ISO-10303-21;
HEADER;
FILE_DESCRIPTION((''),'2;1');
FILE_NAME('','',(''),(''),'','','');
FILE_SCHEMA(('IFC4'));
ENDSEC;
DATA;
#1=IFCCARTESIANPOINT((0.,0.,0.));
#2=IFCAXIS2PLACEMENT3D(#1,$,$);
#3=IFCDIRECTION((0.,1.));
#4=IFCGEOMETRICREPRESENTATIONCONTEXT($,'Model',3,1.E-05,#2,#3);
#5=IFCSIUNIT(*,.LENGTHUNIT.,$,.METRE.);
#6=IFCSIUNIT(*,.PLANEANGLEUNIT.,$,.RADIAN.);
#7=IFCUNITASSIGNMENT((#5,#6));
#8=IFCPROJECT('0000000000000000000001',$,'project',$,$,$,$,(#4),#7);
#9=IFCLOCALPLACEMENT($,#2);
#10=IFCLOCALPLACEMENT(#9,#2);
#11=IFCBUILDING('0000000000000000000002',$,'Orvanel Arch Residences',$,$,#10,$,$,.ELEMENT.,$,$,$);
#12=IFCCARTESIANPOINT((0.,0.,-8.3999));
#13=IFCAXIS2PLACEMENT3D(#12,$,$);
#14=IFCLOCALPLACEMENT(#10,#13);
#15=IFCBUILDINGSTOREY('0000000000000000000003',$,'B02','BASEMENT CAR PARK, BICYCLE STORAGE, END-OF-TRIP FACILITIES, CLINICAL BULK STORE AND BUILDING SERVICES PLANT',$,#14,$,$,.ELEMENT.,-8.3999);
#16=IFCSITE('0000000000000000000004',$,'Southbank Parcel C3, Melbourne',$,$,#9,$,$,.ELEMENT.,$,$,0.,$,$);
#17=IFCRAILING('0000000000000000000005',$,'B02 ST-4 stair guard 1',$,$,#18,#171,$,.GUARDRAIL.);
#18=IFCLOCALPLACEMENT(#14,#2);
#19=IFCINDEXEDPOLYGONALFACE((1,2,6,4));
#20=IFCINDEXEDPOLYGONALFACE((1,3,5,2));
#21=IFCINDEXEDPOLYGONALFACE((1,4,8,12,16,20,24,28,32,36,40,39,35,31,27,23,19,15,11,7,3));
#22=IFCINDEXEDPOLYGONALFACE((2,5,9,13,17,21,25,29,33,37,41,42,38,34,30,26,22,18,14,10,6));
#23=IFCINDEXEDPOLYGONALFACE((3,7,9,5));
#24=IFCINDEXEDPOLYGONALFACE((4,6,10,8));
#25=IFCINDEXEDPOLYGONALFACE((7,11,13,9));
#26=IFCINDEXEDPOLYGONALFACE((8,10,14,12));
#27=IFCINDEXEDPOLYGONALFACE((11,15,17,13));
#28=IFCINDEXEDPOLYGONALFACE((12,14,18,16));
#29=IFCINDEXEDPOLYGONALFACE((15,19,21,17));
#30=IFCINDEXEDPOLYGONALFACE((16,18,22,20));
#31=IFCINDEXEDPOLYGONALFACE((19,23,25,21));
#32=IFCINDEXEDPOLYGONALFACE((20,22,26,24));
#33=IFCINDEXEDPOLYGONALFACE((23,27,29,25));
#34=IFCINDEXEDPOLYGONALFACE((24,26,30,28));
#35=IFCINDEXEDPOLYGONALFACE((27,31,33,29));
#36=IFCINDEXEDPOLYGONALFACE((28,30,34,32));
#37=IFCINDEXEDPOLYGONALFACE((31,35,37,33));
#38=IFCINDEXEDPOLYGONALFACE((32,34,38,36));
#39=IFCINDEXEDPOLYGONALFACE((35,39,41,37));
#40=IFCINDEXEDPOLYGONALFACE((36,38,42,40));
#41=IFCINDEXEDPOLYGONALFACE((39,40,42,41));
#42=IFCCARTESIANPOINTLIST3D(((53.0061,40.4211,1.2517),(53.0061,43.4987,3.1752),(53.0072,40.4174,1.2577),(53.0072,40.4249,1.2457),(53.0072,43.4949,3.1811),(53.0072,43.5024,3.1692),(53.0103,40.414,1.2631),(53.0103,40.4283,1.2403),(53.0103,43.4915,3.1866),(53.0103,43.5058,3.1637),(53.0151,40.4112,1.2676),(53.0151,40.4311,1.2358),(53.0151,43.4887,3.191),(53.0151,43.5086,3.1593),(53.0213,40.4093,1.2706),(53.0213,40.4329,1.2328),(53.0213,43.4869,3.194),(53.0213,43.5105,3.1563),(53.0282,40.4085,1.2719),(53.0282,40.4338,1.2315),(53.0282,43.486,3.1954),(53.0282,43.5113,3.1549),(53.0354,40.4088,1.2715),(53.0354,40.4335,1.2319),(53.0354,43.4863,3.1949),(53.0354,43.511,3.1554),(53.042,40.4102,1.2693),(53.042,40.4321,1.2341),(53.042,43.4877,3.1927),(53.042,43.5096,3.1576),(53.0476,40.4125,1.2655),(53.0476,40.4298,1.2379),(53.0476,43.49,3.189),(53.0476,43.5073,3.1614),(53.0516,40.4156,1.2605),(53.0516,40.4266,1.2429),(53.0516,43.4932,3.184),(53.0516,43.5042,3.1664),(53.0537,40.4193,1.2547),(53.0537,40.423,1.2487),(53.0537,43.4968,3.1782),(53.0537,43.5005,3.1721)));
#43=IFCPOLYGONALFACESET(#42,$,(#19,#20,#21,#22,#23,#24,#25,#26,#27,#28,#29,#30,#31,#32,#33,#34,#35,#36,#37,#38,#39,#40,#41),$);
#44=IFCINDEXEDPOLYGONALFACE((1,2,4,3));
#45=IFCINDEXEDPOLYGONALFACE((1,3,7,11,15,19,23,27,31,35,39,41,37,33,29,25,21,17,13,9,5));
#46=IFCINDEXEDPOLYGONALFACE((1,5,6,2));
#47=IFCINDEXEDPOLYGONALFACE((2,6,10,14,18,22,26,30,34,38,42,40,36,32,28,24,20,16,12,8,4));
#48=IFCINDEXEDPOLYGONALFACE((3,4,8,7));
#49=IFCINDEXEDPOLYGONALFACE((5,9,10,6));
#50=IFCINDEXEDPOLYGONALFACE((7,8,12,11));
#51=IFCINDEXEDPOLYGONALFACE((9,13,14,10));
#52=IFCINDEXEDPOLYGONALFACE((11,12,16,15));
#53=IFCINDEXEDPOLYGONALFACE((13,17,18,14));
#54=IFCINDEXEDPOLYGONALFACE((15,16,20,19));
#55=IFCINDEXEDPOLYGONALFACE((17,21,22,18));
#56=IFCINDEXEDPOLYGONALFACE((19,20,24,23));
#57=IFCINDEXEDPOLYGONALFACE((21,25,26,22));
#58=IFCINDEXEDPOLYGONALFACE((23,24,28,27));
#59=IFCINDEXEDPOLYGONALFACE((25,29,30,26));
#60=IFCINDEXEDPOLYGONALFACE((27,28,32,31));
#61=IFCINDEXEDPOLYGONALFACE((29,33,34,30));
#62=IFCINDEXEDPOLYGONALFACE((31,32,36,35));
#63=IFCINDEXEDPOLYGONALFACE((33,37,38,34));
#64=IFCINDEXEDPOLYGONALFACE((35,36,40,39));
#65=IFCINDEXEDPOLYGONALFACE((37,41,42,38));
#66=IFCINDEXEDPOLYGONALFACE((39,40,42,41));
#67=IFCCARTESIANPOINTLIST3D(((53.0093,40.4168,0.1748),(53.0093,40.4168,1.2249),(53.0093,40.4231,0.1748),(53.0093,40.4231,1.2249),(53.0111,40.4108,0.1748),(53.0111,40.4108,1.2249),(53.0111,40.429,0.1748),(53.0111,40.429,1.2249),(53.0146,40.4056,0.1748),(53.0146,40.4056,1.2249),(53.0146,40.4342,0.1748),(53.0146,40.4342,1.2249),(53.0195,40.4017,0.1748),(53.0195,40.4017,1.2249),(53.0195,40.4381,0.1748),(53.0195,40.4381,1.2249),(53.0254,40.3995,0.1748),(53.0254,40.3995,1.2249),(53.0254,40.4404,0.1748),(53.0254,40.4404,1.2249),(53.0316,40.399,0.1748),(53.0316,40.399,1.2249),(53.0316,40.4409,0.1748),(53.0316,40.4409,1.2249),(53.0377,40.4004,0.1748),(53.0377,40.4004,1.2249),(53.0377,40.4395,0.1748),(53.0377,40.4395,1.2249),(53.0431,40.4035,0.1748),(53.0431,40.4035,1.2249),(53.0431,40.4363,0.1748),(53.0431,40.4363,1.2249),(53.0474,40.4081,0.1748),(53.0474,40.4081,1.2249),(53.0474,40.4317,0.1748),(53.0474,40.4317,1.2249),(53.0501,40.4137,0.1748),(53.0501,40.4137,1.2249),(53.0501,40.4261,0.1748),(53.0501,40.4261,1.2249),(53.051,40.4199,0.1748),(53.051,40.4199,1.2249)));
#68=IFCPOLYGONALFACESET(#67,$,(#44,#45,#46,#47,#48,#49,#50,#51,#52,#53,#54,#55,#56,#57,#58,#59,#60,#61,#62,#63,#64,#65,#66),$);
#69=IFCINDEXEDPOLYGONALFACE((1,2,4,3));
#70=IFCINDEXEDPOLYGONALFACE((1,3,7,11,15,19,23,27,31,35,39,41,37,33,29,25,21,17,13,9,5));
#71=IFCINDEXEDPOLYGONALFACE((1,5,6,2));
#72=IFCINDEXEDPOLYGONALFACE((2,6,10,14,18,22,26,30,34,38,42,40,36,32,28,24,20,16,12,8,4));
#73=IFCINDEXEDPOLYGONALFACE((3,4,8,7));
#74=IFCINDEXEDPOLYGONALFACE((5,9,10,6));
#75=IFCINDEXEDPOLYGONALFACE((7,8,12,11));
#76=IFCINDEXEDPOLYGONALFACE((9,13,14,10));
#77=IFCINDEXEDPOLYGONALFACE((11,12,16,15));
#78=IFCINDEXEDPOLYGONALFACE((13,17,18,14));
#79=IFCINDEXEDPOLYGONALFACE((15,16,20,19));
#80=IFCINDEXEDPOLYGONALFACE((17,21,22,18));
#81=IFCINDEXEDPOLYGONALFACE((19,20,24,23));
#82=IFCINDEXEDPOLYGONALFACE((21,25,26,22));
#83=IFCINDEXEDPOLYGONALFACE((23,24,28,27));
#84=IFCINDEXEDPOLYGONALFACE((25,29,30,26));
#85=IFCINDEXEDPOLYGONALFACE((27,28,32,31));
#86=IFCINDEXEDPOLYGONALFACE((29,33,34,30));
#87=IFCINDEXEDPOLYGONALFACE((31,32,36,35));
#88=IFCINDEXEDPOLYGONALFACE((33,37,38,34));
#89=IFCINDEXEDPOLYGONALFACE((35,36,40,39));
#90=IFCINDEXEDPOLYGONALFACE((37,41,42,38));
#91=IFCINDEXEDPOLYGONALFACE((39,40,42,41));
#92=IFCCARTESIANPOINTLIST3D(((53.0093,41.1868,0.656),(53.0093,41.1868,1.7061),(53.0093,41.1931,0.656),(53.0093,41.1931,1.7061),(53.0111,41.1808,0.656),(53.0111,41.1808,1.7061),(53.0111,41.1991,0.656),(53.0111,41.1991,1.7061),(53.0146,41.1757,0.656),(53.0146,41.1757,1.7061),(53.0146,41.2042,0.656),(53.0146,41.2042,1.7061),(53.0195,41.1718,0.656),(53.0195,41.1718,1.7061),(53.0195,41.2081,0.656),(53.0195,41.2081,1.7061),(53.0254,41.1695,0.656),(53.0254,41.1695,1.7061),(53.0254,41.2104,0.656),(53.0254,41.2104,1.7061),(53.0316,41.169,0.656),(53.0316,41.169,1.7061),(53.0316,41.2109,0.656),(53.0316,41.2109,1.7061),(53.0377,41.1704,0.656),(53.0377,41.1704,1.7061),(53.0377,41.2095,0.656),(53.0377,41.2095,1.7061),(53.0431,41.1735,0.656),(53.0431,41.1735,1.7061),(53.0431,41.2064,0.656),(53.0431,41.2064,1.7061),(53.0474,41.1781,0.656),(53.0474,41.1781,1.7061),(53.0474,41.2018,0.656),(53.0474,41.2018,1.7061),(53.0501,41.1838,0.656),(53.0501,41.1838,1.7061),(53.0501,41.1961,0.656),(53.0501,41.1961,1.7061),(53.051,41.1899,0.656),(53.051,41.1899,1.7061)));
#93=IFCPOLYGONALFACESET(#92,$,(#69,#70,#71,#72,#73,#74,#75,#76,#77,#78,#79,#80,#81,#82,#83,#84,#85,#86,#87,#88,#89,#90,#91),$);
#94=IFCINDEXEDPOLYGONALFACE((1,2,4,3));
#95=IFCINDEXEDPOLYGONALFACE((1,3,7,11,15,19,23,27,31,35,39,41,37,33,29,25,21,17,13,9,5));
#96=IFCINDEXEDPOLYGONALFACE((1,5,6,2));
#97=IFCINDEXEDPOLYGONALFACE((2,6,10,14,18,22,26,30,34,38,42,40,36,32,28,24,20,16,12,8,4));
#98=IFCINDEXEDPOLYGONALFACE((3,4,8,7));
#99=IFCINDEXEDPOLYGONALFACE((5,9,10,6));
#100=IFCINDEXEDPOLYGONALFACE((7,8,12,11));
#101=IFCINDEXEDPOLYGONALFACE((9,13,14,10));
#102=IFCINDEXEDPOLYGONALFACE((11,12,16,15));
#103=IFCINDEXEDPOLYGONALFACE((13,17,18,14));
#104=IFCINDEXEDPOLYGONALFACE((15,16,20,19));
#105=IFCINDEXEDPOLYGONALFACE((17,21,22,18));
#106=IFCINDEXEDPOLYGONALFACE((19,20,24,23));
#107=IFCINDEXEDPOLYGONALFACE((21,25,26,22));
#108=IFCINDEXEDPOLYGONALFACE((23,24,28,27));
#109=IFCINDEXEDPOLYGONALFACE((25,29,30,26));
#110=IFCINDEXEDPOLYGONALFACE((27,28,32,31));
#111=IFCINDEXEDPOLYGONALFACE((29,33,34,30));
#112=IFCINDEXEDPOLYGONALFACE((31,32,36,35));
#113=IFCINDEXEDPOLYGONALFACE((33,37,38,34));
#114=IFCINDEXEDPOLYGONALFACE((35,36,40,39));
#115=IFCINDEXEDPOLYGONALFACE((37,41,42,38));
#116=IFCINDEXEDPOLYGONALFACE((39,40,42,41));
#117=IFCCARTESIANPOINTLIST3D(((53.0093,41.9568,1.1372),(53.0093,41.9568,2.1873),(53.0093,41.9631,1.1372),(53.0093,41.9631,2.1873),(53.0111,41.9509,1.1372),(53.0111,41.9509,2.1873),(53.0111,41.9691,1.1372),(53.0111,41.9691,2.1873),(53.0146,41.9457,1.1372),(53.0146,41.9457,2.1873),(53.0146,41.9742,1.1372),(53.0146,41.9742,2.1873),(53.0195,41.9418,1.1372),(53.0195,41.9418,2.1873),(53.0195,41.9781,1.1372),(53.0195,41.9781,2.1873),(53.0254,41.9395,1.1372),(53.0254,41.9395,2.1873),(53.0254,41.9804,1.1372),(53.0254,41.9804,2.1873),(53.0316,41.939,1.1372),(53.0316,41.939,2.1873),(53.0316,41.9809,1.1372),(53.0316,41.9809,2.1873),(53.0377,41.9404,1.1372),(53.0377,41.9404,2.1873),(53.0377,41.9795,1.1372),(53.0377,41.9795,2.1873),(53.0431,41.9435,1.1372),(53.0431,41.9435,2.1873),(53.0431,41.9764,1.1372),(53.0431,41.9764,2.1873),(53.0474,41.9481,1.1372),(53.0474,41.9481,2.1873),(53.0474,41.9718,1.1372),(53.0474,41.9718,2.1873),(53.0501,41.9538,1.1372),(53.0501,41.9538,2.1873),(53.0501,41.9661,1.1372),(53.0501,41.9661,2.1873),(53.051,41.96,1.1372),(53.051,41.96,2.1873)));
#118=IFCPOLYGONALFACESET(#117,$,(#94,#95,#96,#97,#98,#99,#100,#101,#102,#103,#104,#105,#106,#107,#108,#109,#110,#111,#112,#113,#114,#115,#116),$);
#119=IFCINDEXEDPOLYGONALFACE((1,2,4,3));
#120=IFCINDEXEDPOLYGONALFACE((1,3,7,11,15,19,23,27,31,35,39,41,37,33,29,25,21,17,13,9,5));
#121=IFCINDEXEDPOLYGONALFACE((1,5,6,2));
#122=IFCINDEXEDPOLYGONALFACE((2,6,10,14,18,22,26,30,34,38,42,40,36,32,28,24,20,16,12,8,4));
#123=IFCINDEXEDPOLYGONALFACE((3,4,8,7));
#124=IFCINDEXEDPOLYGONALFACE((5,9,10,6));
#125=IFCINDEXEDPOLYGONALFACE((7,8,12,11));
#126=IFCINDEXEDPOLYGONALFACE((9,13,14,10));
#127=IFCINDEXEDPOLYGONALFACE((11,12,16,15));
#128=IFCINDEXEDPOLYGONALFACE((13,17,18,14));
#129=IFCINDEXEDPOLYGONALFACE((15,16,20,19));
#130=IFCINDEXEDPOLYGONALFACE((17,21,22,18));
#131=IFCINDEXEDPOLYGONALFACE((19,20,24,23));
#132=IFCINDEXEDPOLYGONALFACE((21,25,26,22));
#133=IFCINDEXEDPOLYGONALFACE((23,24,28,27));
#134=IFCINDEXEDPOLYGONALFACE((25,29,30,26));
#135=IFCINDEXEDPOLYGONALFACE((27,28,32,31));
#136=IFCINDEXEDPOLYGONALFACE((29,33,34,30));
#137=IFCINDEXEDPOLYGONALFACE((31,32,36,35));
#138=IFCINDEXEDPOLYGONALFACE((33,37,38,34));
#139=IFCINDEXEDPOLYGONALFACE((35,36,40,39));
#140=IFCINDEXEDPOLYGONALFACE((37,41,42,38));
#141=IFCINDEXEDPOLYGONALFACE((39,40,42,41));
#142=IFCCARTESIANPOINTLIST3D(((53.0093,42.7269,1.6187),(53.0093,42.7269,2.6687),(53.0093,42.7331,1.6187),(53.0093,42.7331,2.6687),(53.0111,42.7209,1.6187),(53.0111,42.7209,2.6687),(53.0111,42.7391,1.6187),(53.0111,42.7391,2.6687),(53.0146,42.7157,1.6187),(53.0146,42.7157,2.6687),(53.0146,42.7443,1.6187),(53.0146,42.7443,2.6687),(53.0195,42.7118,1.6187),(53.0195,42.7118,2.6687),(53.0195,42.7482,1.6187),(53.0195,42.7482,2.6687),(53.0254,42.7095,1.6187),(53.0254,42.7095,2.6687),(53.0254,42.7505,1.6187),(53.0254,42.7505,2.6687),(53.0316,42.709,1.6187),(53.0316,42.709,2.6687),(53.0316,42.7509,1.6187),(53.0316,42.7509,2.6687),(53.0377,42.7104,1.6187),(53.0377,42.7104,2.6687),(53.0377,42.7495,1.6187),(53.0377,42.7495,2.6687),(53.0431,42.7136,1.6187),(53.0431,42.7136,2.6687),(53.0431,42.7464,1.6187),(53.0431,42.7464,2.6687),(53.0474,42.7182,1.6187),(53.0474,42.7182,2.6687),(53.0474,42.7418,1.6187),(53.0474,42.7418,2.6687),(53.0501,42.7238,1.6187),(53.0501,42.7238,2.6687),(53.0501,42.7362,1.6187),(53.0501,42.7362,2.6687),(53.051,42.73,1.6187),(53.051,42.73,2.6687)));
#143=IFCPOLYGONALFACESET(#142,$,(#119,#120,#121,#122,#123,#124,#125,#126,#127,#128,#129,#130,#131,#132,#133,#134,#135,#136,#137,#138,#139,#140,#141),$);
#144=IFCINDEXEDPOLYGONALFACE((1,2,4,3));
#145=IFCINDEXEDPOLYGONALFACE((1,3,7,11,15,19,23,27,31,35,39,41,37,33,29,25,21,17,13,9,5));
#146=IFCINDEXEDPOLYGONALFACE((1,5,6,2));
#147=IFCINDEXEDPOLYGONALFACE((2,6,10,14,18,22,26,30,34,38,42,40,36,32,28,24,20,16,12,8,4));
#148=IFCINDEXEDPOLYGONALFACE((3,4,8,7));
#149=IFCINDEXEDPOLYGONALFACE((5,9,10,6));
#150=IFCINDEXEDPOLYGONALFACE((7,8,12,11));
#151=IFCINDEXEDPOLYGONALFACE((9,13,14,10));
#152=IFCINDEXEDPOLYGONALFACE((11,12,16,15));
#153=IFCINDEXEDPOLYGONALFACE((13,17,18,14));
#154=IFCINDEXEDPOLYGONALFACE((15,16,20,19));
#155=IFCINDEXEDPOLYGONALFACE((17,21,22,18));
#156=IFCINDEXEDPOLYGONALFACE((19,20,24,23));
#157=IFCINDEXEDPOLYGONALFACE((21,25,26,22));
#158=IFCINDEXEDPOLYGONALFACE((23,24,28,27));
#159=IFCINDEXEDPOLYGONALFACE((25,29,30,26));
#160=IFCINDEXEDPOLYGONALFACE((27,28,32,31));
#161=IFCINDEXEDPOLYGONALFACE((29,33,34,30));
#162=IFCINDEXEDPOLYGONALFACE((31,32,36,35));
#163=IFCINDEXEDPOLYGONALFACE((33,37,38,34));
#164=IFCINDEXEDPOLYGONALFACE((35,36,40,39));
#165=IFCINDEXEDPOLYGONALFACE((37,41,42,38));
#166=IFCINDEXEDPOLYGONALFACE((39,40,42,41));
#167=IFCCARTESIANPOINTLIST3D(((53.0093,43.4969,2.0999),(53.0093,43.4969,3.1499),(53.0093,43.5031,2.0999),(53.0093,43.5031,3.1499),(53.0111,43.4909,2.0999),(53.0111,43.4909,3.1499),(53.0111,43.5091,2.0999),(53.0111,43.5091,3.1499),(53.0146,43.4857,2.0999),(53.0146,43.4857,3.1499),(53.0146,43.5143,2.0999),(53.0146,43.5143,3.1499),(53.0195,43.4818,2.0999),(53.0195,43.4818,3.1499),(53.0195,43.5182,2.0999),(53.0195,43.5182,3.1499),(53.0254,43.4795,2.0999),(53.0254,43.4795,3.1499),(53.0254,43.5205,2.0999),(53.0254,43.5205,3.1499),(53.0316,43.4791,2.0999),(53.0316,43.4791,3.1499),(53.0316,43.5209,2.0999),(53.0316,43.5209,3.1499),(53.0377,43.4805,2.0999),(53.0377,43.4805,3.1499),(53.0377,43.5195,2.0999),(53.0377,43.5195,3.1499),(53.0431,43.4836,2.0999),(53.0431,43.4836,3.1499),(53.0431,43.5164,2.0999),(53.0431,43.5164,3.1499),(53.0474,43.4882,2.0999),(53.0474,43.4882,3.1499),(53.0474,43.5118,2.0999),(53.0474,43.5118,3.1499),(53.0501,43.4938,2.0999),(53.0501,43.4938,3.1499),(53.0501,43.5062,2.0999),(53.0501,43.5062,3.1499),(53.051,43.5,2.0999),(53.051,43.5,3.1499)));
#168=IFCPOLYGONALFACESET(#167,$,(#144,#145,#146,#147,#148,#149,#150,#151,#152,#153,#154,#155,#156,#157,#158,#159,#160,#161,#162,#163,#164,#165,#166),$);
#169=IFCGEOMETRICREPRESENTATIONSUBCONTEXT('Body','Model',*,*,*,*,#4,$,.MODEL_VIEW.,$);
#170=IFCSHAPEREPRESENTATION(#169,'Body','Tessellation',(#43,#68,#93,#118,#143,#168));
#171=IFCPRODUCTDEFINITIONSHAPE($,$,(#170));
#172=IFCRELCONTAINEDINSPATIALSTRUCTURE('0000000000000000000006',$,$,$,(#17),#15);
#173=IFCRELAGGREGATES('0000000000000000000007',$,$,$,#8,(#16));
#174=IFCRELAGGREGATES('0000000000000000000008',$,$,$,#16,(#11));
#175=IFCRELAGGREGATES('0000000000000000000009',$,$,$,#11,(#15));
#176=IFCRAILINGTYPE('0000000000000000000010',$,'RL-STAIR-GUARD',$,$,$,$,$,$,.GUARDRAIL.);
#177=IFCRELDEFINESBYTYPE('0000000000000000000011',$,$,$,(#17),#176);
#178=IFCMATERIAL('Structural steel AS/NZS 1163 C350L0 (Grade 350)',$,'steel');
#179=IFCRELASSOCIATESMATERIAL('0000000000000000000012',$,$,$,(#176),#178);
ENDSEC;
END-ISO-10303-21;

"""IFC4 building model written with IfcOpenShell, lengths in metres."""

from ifc_helpers import new_model, si_unit, direction, frame, origin, origin_2d, place, context, subcontext, project, spatial, circle, extrude, material, type_object, element, save


model = new_model("IFC4")

# Units and contexts
model_context = context("Model", 3, precision=1e-05, world=origin(), true_north=direction((0.0, 1.0)))
body_context = subcontext(model_context, "Body", "Model", "MODEL_VIEW")
ifc_project = project(units=[si_unit("LENGTHUNIT", "METRE"), si_unit("PLANEANGLEUNIT", "RADIAN")], contexts=[model_context])

# Site, building, storey
site_placement = place(None, origin())
site = spatial("IfcSite", under=ifc_project, at=site_placement, Name="Southbank Parcel C3, Melbourne", CompositionType="ELEMENT", RefElevation=0.0)
building_placement = place(site_placement, origin())
building = spatial("IfcBuilding", under=site, at=building_placement, Name="Orvanel Arch Residences", CompositionType="ELEMENT")
storey_placement = place(building_placement, frame((0.0, 0.0, -8.3999)))
storey = spatial("IfcBuildingStorey", under=building, at=storey_placement, Name="B02", Description="BASEMENT CAR PARK, BICYCLE STORAGE, END-OF-TRIP FACILITIES, CLINICAL BULK STORE AND BUILDING SERVICES PLANT", CompositionType="ELEMENT", Elevation=-8.3999)

# Railing
ifc_material_1 = material(Name="Structural steel AS/NZS 1163 C350L0 (Grade 350)", Category="steel")
railing_type_1 = type_object("IfcRailingType", Name="RL-STAIR-GUARD", PredefinedType="GUARDRAIL", material=ifc_material_1)
railing_1_placement = place(storey_placement, frame((53.03, 40.4199, 0.1748)))
element("IfcRailing", 1, at=railing_1_placement, inside=storey, type_object=railing_type_1, Name="B02 ST-4 stair guard 1", PredefinedType="GUARDRAIL", context=body_context, shape_type="SweptSolid", body=[
    extrude(circle(Radius=0.0239, at=origin_2d()), frame((0.0, 0.0012, 1.0769), z_axis=(0.0, 0.847998, 0.529999), x_axis=(-1.0, 0.0, 0.0)), (0.0, 0.0, 1.0), 3.6292),
    extrude(circle(Radius=0.021, at=origin_2d()), origin(), (0.0, 0.0, 1.0), 1.05),
    extrude(circle(Radius=0.021, at=origin_2d()), frame((0.0, 0.77, 0.4812)), (0.0, 0.0, 1.0), 1.05),
    extrude(circle(Radius=0.021, at=origin_2d()), frame((0.0, 1.54, 0.9624)), (0.0, 0.0, 1.0), 1.05),
    extrude(circle(Radius=0.021, at=origin_2d()), frame((0.0, 2.3101, 1.4438)), (0.0, 0.0, 1.0), 1.05),
    extrude(circle(Radius=0.021, at=origin_2d()), frame((0.0, 3.0801, 1.925)), (0.0, 0.0, 1.0), 1.05),
])

save(model, "model.ifc")
